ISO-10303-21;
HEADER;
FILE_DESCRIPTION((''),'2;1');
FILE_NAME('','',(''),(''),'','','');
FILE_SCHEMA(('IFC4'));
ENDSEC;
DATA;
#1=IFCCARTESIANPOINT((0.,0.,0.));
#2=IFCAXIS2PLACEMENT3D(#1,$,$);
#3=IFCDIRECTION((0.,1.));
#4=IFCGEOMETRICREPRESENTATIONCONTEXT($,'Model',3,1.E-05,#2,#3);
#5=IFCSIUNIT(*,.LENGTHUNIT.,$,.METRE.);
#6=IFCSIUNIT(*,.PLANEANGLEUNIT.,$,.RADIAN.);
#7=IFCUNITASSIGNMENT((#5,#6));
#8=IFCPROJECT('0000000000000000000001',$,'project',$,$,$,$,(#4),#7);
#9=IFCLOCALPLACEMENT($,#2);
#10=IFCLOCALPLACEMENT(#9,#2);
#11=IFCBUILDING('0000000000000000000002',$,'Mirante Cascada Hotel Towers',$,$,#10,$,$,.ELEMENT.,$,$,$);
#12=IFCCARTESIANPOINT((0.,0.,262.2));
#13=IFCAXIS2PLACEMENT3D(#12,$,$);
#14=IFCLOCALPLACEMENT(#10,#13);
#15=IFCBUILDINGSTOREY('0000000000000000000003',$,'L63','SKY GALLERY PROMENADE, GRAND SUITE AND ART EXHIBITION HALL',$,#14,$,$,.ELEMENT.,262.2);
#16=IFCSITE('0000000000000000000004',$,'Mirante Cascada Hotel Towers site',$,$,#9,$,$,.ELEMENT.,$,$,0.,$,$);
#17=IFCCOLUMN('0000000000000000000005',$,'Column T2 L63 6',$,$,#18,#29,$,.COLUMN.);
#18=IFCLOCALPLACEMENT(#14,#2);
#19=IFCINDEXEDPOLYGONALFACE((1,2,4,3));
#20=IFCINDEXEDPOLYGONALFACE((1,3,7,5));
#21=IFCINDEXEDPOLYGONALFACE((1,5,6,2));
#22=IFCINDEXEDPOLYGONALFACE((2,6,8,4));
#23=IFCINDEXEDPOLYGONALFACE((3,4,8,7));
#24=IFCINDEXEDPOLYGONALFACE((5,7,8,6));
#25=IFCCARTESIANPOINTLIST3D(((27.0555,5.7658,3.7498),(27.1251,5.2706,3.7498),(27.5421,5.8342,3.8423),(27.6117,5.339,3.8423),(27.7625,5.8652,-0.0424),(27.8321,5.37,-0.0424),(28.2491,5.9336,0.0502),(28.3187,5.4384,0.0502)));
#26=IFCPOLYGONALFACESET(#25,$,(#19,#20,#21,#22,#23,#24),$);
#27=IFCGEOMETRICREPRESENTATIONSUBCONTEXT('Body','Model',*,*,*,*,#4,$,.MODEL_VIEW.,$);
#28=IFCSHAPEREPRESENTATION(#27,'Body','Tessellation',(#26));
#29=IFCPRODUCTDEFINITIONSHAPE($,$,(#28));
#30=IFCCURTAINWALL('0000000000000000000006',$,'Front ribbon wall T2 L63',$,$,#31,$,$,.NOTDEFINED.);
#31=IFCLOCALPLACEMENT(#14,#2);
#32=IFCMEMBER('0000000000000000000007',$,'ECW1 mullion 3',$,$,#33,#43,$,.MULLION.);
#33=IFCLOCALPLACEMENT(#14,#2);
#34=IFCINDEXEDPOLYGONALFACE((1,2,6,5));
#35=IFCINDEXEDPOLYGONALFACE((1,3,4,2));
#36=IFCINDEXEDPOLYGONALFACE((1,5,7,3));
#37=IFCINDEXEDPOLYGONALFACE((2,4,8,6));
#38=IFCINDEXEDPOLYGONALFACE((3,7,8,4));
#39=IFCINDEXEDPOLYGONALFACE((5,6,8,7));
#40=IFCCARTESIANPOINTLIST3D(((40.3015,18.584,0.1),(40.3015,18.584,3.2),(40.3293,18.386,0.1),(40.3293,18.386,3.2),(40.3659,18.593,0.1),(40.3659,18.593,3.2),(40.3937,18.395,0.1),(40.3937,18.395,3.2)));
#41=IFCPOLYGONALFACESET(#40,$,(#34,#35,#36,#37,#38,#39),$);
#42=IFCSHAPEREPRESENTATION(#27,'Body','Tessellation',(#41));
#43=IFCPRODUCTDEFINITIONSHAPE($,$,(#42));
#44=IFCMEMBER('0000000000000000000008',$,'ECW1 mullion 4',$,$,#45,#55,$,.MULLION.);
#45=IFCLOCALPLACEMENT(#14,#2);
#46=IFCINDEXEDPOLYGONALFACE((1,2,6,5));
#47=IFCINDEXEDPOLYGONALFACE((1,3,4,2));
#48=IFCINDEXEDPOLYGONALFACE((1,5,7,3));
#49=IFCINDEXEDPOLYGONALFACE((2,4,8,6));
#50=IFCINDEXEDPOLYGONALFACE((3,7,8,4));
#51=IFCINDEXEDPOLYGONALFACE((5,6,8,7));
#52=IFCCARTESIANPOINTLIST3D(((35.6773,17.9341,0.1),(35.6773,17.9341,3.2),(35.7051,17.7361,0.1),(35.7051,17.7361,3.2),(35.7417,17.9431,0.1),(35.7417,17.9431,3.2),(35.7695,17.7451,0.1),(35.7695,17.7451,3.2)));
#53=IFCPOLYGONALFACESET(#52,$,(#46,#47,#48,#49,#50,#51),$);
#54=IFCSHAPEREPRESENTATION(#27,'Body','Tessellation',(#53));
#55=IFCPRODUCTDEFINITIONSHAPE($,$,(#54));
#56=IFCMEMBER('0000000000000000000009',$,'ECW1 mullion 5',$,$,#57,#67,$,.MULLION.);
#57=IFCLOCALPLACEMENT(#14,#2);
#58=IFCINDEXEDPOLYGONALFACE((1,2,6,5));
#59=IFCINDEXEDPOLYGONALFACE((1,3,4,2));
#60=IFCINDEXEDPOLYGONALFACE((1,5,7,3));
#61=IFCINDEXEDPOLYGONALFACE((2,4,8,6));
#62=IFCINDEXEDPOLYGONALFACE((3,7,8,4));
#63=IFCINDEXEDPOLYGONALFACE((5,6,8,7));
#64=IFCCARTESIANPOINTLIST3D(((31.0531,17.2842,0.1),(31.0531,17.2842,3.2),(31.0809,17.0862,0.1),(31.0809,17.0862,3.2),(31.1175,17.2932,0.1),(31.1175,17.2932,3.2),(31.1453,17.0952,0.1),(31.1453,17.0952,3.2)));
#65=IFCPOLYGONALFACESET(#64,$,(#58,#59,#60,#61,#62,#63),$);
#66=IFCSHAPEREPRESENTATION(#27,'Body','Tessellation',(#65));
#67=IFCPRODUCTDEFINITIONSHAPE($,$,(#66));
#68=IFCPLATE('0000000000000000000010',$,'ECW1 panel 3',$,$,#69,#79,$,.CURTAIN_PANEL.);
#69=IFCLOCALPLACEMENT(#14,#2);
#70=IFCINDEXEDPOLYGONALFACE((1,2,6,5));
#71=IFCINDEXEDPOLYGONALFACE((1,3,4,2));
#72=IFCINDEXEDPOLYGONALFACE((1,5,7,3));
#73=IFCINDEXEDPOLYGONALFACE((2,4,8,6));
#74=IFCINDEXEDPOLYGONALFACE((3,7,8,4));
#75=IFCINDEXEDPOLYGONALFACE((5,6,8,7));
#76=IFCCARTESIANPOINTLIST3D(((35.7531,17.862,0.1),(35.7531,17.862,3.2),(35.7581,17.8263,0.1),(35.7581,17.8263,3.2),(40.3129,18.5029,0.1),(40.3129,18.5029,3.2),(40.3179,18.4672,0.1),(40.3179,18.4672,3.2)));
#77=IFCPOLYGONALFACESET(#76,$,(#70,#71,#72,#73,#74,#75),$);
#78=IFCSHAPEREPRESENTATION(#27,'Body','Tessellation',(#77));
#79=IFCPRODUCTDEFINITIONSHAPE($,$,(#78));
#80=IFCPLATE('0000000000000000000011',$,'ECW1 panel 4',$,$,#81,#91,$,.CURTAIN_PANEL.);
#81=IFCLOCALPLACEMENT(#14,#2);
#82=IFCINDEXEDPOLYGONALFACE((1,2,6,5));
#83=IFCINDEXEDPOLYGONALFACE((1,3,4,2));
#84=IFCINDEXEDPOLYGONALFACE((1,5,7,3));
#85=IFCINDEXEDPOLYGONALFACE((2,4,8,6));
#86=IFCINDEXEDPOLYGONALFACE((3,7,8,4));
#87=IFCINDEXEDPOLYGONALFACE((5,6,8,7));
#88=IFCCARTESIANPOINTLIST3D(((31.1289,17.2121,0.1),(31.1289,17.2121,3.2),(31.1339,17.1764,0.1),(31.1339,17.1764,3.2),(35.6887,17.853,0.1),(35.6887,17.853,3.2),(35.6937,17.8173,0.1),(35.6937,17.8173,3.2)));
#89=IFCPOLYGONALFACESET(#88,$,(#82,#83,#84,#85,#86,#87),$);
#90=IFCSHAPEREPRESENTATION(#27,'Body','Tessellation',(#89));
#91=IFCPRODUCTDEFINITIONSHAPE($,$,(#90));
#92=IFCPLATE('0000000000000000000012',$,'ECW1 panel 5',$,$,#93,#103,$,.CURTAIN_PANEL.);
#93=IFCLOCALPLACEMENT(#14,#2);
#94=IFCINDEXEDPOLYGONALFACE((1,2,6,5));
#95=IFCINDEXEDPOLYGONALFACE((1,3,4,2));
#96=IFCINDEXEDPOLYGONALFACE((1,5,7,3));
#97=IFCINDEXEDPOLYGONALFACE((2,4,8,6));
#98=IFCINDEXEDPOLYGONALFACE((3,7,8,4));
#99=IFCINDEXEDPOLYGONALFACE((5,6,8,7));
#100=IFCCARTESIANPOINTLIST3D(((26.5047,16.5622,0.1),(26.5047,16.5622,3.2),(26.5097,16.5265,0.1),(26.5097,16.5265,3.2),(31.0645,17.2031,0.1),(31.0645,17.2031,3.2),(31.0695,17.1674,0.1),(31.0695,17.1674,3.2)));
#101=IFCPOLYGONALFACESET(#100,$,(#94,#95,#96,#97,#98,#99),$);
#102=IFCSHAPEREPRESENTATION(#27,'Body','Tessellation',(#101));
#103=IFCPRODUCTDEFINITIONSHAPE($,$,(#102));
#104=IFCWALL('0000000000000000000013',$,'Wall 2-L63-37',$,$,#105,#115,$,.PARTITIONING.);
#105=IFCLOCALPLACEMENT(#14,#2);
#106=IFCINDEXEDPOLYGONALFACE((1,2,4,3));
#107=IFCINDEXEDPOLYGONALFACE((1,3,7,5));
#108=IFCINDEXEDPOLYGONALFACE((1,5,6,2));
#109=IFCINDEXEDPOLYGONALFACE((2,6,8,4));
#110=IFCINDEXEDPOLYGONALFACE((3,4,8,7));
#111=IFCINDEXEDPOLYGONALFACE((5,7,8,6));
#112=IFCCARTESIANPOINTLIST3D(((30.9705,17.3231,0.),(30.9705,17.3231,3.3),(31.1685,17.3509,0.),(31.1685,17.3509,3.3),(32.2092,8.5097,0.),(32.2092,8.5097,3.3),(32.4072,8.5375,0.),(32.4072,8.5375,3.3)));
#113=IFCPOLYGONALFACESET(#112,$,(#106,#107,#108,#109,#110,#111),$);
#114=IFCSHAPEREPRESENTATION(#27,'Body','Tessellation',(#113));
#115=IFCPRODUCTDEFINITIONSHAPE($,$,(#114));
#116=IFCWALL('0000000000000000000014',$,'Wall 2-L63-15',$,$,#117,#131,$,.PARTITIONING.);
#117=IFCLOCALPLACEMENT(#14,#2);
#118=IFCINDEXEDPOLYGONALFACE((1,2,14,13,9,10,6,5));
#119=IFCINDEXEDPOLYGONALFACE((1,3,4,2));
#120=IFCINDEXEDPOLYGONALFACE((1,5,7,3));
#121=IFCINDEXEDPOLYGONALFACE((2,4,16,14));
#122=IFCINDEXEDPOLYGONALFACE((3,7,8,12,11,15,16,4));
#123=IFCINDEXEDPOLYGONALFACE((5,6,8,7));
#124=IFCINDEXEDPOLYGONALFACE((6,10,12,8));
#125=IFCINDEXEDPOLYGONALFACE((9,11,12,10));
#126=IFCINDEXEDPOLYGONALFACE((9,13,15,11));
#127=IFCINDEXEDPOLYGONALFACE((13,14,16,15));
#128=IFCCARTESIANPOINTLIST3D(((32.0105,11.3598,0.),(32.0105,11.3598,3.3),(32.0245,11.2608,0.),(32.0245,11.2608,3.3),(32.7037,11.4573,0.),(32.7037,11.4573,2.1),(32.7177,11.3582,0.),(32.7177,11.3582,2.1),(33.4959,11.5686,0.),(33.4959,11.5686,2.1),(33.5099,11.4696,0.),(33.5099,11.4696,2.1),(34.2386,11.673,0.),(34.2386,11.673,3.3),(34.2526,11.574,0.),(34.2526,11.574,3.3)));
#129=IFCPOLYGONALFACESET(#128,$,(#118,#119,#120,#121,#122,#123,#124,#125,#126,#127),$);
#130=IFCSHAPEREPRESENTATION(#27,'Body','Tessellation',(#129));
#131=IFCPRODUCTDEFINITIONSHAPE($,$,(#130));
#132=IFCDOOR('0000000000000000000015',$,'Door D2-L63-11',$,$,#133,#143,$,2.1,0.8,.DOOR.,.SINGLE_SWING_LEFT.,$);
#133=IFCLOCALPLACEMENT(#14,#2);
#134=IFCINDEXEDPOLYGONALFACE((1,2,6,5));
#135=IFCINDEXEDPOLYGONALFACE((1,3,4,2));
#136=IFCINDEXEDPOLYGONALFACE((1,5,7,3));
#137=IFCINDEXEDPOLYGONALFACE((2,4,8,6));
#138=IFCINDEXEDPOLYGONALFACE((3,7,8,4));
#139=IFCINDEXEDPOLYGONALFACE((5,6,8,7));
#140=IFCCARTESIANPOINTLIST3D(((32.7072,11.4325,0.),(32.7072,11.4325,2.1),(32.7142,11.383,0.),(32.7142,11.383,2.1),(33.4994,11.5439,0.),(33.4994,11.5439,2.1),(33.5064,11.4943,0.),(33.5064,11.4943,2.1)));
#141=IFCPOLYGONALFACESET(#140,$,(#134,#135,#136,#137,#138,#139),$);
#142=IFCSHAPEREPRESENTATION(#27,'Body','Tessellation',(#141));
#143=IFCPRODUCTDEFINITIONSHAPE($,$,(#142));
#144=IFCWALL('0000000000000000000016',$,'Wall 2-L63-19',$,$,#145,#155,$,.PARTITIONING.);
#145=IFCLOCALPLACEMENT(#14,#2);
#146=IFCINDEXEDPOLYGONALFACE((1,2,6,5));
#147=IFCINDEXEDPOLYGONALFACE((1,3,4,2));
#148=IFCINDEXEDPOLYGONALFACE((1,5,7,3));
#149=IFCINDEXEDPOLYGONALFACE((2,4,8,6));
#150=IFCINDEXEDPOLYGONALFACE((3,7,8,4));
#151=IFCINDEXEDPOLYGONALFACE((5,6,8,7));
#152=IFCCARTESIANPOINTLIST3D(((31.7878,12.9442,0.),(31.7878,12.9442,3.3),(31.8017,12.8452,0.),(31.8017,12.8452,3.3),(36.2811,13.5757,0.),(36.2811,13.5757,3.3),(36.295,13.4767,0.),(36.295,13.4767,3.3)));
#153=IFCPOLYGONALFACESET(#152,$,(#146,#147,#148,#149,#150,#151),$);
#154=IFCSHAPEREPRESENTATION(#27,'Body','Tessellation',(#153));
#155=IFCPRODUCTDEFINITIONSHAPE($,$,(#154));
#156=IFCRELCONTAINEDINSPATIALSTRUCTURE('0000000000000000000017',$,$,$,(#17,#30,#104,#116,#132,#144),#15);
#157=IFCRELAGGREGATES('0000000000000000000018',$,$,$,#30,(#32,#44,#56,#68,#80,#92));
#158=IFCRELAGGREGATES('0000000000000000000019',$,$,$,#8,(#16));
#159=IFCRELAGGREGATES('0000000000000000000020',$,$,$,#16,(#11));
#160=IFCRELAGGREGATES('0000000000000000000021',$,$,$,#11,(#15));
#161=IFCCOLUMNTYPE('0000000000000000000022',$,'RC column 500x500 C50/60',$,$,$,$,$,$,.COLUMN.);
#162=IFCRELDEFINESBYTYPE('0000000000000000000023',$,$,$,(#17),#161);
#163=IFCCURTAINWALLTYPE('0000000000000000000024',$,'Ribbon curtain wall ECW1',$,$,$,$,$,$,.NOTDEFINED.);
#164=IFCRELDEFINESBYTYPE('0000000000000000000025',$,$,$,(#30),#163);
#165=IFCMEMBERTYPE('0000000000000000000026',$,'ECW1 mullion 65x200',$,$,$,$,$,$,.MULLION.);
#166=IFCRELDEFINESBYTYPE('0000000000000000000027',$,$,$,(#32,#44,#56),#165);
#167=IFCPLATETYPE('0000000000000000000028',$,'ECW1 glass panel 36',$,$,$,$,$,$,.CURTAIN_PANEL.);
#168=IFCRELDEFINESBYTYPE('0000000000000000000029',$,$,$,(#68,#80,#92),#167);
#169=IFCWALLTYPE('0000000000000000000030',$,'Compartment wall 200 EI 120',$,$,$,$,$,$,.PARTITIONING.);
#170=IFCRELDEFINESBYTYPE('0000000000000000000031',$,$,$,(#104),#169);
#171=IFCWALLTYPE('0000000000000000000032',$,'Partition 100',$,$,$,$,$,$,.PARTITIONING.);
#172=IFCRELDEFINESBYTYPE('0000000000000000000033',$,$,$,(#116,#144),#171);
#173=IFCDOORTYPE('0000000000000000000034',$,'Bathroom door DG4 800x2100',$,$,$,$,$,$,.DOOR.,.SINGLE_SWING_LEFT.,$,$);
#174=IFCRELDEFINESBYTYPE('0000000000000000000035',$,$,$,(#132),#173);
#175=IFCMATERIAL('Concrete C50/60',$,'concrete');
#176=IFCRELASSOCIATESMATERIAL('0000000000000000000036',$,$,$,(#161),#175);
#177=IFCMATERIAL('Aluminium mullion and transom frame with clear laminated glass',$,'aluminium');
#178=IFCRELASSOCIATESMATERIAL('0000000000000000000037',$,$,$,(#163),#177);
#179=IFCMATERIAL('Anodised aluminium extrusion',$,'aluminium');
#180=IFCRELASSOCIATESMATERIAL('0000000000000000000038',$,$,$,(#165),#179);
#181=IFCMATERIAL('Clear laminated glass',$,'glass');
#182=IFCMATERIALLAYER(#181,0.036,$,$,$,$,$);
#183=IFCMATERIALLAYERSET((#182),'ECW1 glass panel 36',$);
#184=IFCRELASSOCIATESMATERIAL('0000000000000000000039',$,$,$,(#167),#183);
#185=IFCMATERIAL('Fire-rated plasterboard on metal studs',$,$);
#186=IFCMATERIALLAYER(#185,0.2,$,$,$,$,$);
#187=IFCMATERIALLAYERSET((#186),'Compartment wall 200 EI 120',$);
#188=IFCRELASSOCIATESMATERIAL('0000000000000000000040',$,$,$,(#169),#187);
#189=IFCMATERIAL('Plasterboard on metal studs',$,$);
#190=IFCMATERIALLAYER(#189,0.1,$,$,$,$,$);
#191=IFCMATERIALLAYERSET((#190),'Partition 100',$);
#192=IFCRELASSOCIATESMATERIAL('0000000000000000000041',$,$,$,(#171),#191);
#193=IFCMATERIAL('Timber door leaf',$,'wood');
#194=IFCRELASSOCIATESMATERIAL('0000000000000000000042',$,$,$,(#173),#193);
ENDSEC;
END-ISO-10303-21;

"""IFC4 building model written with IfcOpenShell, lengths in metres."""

from ifc_helpers import new_model, si_unit, direction, frame, frame_2d, origin, origin_2d, place, context, subcontext, project, spatial, rectangle, extrude, material, layer, layer_set, material_profile, profile_set, type_object, element, fill, aggregate, save


model = new_model("IFC4")

# Units and contexts
model_context = context("Model", 3, precision=1e-05, world=origin(), true_north=direction((0.0, 1.0)))
body_context = subcontext(model_context, "Body", "Model", "MODEL_VIEW")
ifc_project = project(units=[si_unit("LENGTHUNIT", "METRE"), si_unit("PLANEANGLEUNIT", "RADIAN")], contexts=[model_context])

# Site, building, storey
site_placement = place(None, origin())
site = spatial("IfcSite", under=ifc_project, at=site_placement, Name="Mirante Cascada Hotel Towers site", CompositionType="ELEMENT", RefElevation=0.0)
building_placement = place(site_placement, origin())
building = spatial("IfcBuilding", under=site, at=building_placement, Name="Mirante Cascada Hotel Towers", CompositionType="ELEMENT")
storey_placement = place(building_placement, frame((0.0, 0.0, 262.2)))
storey = spatial("IfcBuildingStorey", under=building, at=storey_placement, Name="L63", Description="SKY GALLERY PROMENADE, GRAND SUITE AND ART EXHIBITION HALL", CompositionType="ELEMENT", Elevation=262.2)

# Column
ifc_material_1 = material(Name="Concrete C50/60", Category="concrete")
ifc_material_profile_1 = material_profile(ifc_material_1, rectangle(XDim=0.5, YDim=0.5, at=origin_2d()), Name="RC column 500x500 C50/60")
ifc_profile_set_1 = profile_set([ifc_material_profile_1], Name="Concrete C50/60")
column_type = type_object("IfcColumnType", Name="RC column 500x500 C50/60", PredefinedType="COLUMN", material=ifc_profile_set_1)
column_placement = place(storey_placement, frame((28.0406, 5.6518, 0.0039), z_axis=(-0.183217, -0.025759, 0.982735), x_axis=(0.139225, -0.990261, 0.0)))
element("IfcColumn", 1, at=column_placement, inside=storey, type_object=column_type, Name="Column T2 L63 6", PredefinedType="COLUMN", context=body_context, shape_type="SweptSolid", body=[
    extrude(rectangle(XDim=0.5, YDim=0.5, at=origin_2d()), origin(), (0.0, 0.0, 1.0), 3.8588),
])

# Curtain wall, members, plates
ifc_material_2 = material(Name="Aluminium mullion and transom frame with clear laminated glass", Category="aluminium")
curtain_wall_type = type_object("IfcCurtainWallType", Name="Ribbon curtain wall ECW1", PredefinedType="NOTDEFINED", material=ifc_material_2)
curtain_wall_placement = place(storey_placement, origin())
curtain_wall = element("IfcCurtainWall", 2, at=curtain_wall_placement, inside=storey, type_object=curtain_wall_type, Name="Front ribbon wall T2 L63", PredefinedType="NOTDEFINED")
ifc_material_3 = material(Name="Anodised aluminium extrusion", Category="aluminium")
ifc_material_profile_2 = material_profile(ifc_material_3, rectangle(XDim=0.2, YDim=0.065, at=origin_2d()), Name="ECW1 MULLION 65x200")
ifc_profile_set_2 = profile_set([ifc_material_profile_2], Name="Anodised aluminium extrusion")
member_type = type_object("IfcMemberType", Name="ECW1 mullion 65x200", PredefinedType="MULLION", material=ifc_profile_set_2)
member_1_placement = place(storey_placement, frame((40.3476, 18.4895, 0.1), z_axis=(0.0, 0.0, 1.0), x_axis=(0.139173, -0.990268, 0.0)))
member_1 = element("IfcMember", 3, at=member_1_placement, type_object=member_type, Name="ECW1 mullion 3", PredefinedType="MULLION", context=body_context, shape_type="SweptSolid", body=[
    extrude(rectangle(XDim=0.2, YDim=0.065, at=origin_2d()), origin(), (0.0, 0.0, 1.0), 3.1),
])
member_2_placement = place(storey_placement, frame((35.7234, 17.8396, 0.1), z_axis=(0.0, 0.0, 1.0), x_axis=(0.139173, -0.990268, 0.0)))
member_2 = element("IfcMember", 4, at=member_2_placement, type_object=member_type, Name="ECW1 mullion 4", PredefinedType="MULLION", context=body_context, shape_type="SweptSolid", body=[
    extrude(rectangle(XDim=0.2, YDim=0.065, at=origin_2d()), origin(), (0.0, 0.0, 1.0), 3.1),
])
member_3_placement = place(storey_placement, frame((31.0992, 17.1897, 0.1), z_axis=(0.0, 0.0, 1.0), x_axis=(0.139173, -0.990268, 0.0)))
member_3 = element("IfcMember", 5, at=member_3_placement, type_object=member_type, Name="ECW1 mullion 5", PredefinedType="MULLION", context=body_context, shape_type="SweptSolid", body=[
    extrude(rectangle(XDim=0.2, YDim=0.065, at=origin_2d()), origin(), (0.0, 0.0, 1.0), 3.1),
])
ifc_material_4 = material(Name="Clear laminated glass", Category="glass")
ifc_layer_1 = layer(ifc_material_4, 0.036)
ifc_layer_set_1 = layer_set([ifc_layer_1], Name="ECW1 glass panel 36")
plate_type = type_object("IfcPlateType", Name="ECW1 glass panel 36", PredefinedType="CURTAIN_PANEL", material=ifc_layer_set_1)
plate_1_placement = place(storey_placement, frame((38.0355, 18.1646, 0.1), z_axis=(0.0, 0.0, 1.0), x_axis=(-0.990268, -0.139173, 0.0)))
plate_1 = element("IfcPlate", 6, at=plate_1_placement, type_object=plate_type, Name="ECW1 panel 3", PredefinedType="CURTAIN_PANEL", context=body_context, shape_type="SweptSolid", body=[
    extrude(rectangle(XDim=4.6047, YDim=0.036, at=origin_2d()), origin(), (0.0, 0.0, 1.0), 3.1),
])
plate_2_placement = place(storey_placement, frame((33.4113, 17.5147, 0.1), z_axis=(0.0, 0.0, 1.0), x_axis=(-0.990268, -0.139173, 0.0)))
plate_2 = element("IfcPlate", 7, at=plate_2_placement, type_object=plate_type, Name="ECW1 panel 4", PredefinedType="CURTAIN_PANEL", context=body_context, shape_type="SweptSolid", body=[
    extrude(rectangle(XDim=4.6047, YDim=0.036, at=origin_2d()), origin(), (0.0, 0.0, 1.0), 3.1),
])
plate_3_placement = place(storey_placement, frame((28.7871, 16.8648, 0.1), z_axis=(0.0, 0.0, 1.0), x_axis=(-0.990268, -0.139173, 0.0)))
plate_3 = element("IfcPlate", 8, at=plate_3_placement, type_object=plate_type, Name="ECW1 panel 5", PredefinedType="CURTAIN_PANEL", context=body_context, shape_type="SweptSolid", body=[
    extrude(rectangle(XDim=4.6047, YDim=0.036, at=origin_2d()), origin(), (0.0, 0.0, 1.0), 3.1),
])
aggregate(curtain_wall, [member_1, member_2, member_3, plate_1, plate_2, plate_3])

# Wall
ifc_material_5 = material(Name="Fire-rated plasterboard on metal studs")
ifc_layer_2 = layer(ifc_material_5, 0.2)
ifc_layer_set_2 = layer_set([ifc_layer_2], Name="Compartment wall 200 EI 120")
wall_type_1 = type_object("IfcWallType", Name="Compartment wall 200 EI 120", PredefinedType="PARTITIONING", material=ifc_layer_set_2)
wall_1_placement = place(storey_placement, frame((31.0695, 17.337, 0.0), z_axis=(0.0, 0.0, 1.0), x_axis=(0.139179, -0.990267, 0.0)))
element("IfcWall", 9, at=wall_1_placement, inside=storey, type_object=wall_type_1, Name="Wall 2-L63-37", PredefinedType="PARTITIONING", context=body_context, shape_type="SweptSolid", body=[
    extrude(rectangle(XDim=8.9, YDim=0.2, at=frame_2d((4.45, 0.0))), origin(), (0.0, 0.0, 1.0), 3.3),
])

# Wall, opening, door
ifc_material_6 = material(Name="Plasterboard on metal studs")
ifc_layer_3 = layer(ifc_material_6, 0.1)
ifc_layer_set_3 = layer_set([ifc_layer_3], Name="Partition 100")
wall_type_2 = type_object("IfcWallType", Name="Partition 100", PredefinedType="PARTITIONING", material=ifc_layer_set_3)
wall_2_placement = place(storey_placement, frame((34.2456, 11.6235, 0.0), z_axis=(0.0, 0.0, 1.0), x_axis=(-0.990264, -0.1392, 0.0)))
wall_2 = element("IfcWall", 10, at=wall_2_placement, inside=storey, type_object=wall_type_2, Name="Wall 2-L63-15", PredefinedType="PARTITIONING", context=body_context, shape_type="SweptSolid", body=[
    extrude(rectangle(XDim=2.25, YDim=0.1, at=frame_2d((1.125, 0.0))), origin(), (0.0, 0.0, 1.0), 3.3),
])
opening_1_placement = place(wall_2_placement, frame((0.75, 0.0, 0.0)))
opening_1 = element("IfcOpeningElement", 11, at=opening_1_placement, cuts=wall_2, PredefinedType="OPENING", context=body_context, shape_type="SweptSolid", body=[
    extrude(rectangle(XDim=0.8, YDim=2.1, at=frame_2d((0.4, 1.05))), frame((0.0, 0.05, 0.0), z_axis=(0.0, -1.0, 0.0), x_axis=(1.0, 0.0, 0.0)), (0.0, 0.0, 1.0), 0.1),
])
ifc_material_7 = material(Name="Timber door leaf", Category="wood")
door_type_1 = type_object("IfcDoorType", Name="Bathroom door DG4 800x2100", OperationType="SINGLE_SWING_LEFT", PredefinedType="DOOR", material=ifc_material_7)
door_1_placement = place(opening_1_placement, origin())
door_1 = element("IfcDoor", 12, at=door_1_placement, inside=storey, type_object=door_type_1, Name="Door D2-L63-11", OperationType="SINGLE_SWING_LEFT", OverallHeight=2.1, OverallWidth=0.8, PredefinedType="DOOR", context=body_context, shape_type="SweptSolid", body=[
    extrude(rectangle(XDim=0.8, YDim=2.1, at=frame_2d((0.4, 1.05))), frame((0.0, 0.025, 0.0), z_axis=(0.0, -1.0, 0.0), x_axis=(1.0, 0.0, 0.0)), (0.0, 0.0, 1.0), 0.05),
])
fill(opening_1, door_1)

# Wall
wall_3_placement = place(storey_placement, frame((36.2881, 13.5262, 0.0), z_axis=(0.0, 0.0, 1.0), x_axis=(-0.990268, -0.139175, 0.0)))
element("IfcWall", 13, at=wall_3_placement, inside=storey, type_object=wall_type_2, Name="Wall 2-L63-19", PredefinedType="PARTITIONING", context=body_context, shape_type="SweptSolid", body=[
    extrude(rectangle(XDim=4.5375, YDim=0.1, at=frame_2d((2.2688, 0.0))), origin(), (0.0, 0.0, 1.0), 3.3),
])

save(model, "model.ifc")
